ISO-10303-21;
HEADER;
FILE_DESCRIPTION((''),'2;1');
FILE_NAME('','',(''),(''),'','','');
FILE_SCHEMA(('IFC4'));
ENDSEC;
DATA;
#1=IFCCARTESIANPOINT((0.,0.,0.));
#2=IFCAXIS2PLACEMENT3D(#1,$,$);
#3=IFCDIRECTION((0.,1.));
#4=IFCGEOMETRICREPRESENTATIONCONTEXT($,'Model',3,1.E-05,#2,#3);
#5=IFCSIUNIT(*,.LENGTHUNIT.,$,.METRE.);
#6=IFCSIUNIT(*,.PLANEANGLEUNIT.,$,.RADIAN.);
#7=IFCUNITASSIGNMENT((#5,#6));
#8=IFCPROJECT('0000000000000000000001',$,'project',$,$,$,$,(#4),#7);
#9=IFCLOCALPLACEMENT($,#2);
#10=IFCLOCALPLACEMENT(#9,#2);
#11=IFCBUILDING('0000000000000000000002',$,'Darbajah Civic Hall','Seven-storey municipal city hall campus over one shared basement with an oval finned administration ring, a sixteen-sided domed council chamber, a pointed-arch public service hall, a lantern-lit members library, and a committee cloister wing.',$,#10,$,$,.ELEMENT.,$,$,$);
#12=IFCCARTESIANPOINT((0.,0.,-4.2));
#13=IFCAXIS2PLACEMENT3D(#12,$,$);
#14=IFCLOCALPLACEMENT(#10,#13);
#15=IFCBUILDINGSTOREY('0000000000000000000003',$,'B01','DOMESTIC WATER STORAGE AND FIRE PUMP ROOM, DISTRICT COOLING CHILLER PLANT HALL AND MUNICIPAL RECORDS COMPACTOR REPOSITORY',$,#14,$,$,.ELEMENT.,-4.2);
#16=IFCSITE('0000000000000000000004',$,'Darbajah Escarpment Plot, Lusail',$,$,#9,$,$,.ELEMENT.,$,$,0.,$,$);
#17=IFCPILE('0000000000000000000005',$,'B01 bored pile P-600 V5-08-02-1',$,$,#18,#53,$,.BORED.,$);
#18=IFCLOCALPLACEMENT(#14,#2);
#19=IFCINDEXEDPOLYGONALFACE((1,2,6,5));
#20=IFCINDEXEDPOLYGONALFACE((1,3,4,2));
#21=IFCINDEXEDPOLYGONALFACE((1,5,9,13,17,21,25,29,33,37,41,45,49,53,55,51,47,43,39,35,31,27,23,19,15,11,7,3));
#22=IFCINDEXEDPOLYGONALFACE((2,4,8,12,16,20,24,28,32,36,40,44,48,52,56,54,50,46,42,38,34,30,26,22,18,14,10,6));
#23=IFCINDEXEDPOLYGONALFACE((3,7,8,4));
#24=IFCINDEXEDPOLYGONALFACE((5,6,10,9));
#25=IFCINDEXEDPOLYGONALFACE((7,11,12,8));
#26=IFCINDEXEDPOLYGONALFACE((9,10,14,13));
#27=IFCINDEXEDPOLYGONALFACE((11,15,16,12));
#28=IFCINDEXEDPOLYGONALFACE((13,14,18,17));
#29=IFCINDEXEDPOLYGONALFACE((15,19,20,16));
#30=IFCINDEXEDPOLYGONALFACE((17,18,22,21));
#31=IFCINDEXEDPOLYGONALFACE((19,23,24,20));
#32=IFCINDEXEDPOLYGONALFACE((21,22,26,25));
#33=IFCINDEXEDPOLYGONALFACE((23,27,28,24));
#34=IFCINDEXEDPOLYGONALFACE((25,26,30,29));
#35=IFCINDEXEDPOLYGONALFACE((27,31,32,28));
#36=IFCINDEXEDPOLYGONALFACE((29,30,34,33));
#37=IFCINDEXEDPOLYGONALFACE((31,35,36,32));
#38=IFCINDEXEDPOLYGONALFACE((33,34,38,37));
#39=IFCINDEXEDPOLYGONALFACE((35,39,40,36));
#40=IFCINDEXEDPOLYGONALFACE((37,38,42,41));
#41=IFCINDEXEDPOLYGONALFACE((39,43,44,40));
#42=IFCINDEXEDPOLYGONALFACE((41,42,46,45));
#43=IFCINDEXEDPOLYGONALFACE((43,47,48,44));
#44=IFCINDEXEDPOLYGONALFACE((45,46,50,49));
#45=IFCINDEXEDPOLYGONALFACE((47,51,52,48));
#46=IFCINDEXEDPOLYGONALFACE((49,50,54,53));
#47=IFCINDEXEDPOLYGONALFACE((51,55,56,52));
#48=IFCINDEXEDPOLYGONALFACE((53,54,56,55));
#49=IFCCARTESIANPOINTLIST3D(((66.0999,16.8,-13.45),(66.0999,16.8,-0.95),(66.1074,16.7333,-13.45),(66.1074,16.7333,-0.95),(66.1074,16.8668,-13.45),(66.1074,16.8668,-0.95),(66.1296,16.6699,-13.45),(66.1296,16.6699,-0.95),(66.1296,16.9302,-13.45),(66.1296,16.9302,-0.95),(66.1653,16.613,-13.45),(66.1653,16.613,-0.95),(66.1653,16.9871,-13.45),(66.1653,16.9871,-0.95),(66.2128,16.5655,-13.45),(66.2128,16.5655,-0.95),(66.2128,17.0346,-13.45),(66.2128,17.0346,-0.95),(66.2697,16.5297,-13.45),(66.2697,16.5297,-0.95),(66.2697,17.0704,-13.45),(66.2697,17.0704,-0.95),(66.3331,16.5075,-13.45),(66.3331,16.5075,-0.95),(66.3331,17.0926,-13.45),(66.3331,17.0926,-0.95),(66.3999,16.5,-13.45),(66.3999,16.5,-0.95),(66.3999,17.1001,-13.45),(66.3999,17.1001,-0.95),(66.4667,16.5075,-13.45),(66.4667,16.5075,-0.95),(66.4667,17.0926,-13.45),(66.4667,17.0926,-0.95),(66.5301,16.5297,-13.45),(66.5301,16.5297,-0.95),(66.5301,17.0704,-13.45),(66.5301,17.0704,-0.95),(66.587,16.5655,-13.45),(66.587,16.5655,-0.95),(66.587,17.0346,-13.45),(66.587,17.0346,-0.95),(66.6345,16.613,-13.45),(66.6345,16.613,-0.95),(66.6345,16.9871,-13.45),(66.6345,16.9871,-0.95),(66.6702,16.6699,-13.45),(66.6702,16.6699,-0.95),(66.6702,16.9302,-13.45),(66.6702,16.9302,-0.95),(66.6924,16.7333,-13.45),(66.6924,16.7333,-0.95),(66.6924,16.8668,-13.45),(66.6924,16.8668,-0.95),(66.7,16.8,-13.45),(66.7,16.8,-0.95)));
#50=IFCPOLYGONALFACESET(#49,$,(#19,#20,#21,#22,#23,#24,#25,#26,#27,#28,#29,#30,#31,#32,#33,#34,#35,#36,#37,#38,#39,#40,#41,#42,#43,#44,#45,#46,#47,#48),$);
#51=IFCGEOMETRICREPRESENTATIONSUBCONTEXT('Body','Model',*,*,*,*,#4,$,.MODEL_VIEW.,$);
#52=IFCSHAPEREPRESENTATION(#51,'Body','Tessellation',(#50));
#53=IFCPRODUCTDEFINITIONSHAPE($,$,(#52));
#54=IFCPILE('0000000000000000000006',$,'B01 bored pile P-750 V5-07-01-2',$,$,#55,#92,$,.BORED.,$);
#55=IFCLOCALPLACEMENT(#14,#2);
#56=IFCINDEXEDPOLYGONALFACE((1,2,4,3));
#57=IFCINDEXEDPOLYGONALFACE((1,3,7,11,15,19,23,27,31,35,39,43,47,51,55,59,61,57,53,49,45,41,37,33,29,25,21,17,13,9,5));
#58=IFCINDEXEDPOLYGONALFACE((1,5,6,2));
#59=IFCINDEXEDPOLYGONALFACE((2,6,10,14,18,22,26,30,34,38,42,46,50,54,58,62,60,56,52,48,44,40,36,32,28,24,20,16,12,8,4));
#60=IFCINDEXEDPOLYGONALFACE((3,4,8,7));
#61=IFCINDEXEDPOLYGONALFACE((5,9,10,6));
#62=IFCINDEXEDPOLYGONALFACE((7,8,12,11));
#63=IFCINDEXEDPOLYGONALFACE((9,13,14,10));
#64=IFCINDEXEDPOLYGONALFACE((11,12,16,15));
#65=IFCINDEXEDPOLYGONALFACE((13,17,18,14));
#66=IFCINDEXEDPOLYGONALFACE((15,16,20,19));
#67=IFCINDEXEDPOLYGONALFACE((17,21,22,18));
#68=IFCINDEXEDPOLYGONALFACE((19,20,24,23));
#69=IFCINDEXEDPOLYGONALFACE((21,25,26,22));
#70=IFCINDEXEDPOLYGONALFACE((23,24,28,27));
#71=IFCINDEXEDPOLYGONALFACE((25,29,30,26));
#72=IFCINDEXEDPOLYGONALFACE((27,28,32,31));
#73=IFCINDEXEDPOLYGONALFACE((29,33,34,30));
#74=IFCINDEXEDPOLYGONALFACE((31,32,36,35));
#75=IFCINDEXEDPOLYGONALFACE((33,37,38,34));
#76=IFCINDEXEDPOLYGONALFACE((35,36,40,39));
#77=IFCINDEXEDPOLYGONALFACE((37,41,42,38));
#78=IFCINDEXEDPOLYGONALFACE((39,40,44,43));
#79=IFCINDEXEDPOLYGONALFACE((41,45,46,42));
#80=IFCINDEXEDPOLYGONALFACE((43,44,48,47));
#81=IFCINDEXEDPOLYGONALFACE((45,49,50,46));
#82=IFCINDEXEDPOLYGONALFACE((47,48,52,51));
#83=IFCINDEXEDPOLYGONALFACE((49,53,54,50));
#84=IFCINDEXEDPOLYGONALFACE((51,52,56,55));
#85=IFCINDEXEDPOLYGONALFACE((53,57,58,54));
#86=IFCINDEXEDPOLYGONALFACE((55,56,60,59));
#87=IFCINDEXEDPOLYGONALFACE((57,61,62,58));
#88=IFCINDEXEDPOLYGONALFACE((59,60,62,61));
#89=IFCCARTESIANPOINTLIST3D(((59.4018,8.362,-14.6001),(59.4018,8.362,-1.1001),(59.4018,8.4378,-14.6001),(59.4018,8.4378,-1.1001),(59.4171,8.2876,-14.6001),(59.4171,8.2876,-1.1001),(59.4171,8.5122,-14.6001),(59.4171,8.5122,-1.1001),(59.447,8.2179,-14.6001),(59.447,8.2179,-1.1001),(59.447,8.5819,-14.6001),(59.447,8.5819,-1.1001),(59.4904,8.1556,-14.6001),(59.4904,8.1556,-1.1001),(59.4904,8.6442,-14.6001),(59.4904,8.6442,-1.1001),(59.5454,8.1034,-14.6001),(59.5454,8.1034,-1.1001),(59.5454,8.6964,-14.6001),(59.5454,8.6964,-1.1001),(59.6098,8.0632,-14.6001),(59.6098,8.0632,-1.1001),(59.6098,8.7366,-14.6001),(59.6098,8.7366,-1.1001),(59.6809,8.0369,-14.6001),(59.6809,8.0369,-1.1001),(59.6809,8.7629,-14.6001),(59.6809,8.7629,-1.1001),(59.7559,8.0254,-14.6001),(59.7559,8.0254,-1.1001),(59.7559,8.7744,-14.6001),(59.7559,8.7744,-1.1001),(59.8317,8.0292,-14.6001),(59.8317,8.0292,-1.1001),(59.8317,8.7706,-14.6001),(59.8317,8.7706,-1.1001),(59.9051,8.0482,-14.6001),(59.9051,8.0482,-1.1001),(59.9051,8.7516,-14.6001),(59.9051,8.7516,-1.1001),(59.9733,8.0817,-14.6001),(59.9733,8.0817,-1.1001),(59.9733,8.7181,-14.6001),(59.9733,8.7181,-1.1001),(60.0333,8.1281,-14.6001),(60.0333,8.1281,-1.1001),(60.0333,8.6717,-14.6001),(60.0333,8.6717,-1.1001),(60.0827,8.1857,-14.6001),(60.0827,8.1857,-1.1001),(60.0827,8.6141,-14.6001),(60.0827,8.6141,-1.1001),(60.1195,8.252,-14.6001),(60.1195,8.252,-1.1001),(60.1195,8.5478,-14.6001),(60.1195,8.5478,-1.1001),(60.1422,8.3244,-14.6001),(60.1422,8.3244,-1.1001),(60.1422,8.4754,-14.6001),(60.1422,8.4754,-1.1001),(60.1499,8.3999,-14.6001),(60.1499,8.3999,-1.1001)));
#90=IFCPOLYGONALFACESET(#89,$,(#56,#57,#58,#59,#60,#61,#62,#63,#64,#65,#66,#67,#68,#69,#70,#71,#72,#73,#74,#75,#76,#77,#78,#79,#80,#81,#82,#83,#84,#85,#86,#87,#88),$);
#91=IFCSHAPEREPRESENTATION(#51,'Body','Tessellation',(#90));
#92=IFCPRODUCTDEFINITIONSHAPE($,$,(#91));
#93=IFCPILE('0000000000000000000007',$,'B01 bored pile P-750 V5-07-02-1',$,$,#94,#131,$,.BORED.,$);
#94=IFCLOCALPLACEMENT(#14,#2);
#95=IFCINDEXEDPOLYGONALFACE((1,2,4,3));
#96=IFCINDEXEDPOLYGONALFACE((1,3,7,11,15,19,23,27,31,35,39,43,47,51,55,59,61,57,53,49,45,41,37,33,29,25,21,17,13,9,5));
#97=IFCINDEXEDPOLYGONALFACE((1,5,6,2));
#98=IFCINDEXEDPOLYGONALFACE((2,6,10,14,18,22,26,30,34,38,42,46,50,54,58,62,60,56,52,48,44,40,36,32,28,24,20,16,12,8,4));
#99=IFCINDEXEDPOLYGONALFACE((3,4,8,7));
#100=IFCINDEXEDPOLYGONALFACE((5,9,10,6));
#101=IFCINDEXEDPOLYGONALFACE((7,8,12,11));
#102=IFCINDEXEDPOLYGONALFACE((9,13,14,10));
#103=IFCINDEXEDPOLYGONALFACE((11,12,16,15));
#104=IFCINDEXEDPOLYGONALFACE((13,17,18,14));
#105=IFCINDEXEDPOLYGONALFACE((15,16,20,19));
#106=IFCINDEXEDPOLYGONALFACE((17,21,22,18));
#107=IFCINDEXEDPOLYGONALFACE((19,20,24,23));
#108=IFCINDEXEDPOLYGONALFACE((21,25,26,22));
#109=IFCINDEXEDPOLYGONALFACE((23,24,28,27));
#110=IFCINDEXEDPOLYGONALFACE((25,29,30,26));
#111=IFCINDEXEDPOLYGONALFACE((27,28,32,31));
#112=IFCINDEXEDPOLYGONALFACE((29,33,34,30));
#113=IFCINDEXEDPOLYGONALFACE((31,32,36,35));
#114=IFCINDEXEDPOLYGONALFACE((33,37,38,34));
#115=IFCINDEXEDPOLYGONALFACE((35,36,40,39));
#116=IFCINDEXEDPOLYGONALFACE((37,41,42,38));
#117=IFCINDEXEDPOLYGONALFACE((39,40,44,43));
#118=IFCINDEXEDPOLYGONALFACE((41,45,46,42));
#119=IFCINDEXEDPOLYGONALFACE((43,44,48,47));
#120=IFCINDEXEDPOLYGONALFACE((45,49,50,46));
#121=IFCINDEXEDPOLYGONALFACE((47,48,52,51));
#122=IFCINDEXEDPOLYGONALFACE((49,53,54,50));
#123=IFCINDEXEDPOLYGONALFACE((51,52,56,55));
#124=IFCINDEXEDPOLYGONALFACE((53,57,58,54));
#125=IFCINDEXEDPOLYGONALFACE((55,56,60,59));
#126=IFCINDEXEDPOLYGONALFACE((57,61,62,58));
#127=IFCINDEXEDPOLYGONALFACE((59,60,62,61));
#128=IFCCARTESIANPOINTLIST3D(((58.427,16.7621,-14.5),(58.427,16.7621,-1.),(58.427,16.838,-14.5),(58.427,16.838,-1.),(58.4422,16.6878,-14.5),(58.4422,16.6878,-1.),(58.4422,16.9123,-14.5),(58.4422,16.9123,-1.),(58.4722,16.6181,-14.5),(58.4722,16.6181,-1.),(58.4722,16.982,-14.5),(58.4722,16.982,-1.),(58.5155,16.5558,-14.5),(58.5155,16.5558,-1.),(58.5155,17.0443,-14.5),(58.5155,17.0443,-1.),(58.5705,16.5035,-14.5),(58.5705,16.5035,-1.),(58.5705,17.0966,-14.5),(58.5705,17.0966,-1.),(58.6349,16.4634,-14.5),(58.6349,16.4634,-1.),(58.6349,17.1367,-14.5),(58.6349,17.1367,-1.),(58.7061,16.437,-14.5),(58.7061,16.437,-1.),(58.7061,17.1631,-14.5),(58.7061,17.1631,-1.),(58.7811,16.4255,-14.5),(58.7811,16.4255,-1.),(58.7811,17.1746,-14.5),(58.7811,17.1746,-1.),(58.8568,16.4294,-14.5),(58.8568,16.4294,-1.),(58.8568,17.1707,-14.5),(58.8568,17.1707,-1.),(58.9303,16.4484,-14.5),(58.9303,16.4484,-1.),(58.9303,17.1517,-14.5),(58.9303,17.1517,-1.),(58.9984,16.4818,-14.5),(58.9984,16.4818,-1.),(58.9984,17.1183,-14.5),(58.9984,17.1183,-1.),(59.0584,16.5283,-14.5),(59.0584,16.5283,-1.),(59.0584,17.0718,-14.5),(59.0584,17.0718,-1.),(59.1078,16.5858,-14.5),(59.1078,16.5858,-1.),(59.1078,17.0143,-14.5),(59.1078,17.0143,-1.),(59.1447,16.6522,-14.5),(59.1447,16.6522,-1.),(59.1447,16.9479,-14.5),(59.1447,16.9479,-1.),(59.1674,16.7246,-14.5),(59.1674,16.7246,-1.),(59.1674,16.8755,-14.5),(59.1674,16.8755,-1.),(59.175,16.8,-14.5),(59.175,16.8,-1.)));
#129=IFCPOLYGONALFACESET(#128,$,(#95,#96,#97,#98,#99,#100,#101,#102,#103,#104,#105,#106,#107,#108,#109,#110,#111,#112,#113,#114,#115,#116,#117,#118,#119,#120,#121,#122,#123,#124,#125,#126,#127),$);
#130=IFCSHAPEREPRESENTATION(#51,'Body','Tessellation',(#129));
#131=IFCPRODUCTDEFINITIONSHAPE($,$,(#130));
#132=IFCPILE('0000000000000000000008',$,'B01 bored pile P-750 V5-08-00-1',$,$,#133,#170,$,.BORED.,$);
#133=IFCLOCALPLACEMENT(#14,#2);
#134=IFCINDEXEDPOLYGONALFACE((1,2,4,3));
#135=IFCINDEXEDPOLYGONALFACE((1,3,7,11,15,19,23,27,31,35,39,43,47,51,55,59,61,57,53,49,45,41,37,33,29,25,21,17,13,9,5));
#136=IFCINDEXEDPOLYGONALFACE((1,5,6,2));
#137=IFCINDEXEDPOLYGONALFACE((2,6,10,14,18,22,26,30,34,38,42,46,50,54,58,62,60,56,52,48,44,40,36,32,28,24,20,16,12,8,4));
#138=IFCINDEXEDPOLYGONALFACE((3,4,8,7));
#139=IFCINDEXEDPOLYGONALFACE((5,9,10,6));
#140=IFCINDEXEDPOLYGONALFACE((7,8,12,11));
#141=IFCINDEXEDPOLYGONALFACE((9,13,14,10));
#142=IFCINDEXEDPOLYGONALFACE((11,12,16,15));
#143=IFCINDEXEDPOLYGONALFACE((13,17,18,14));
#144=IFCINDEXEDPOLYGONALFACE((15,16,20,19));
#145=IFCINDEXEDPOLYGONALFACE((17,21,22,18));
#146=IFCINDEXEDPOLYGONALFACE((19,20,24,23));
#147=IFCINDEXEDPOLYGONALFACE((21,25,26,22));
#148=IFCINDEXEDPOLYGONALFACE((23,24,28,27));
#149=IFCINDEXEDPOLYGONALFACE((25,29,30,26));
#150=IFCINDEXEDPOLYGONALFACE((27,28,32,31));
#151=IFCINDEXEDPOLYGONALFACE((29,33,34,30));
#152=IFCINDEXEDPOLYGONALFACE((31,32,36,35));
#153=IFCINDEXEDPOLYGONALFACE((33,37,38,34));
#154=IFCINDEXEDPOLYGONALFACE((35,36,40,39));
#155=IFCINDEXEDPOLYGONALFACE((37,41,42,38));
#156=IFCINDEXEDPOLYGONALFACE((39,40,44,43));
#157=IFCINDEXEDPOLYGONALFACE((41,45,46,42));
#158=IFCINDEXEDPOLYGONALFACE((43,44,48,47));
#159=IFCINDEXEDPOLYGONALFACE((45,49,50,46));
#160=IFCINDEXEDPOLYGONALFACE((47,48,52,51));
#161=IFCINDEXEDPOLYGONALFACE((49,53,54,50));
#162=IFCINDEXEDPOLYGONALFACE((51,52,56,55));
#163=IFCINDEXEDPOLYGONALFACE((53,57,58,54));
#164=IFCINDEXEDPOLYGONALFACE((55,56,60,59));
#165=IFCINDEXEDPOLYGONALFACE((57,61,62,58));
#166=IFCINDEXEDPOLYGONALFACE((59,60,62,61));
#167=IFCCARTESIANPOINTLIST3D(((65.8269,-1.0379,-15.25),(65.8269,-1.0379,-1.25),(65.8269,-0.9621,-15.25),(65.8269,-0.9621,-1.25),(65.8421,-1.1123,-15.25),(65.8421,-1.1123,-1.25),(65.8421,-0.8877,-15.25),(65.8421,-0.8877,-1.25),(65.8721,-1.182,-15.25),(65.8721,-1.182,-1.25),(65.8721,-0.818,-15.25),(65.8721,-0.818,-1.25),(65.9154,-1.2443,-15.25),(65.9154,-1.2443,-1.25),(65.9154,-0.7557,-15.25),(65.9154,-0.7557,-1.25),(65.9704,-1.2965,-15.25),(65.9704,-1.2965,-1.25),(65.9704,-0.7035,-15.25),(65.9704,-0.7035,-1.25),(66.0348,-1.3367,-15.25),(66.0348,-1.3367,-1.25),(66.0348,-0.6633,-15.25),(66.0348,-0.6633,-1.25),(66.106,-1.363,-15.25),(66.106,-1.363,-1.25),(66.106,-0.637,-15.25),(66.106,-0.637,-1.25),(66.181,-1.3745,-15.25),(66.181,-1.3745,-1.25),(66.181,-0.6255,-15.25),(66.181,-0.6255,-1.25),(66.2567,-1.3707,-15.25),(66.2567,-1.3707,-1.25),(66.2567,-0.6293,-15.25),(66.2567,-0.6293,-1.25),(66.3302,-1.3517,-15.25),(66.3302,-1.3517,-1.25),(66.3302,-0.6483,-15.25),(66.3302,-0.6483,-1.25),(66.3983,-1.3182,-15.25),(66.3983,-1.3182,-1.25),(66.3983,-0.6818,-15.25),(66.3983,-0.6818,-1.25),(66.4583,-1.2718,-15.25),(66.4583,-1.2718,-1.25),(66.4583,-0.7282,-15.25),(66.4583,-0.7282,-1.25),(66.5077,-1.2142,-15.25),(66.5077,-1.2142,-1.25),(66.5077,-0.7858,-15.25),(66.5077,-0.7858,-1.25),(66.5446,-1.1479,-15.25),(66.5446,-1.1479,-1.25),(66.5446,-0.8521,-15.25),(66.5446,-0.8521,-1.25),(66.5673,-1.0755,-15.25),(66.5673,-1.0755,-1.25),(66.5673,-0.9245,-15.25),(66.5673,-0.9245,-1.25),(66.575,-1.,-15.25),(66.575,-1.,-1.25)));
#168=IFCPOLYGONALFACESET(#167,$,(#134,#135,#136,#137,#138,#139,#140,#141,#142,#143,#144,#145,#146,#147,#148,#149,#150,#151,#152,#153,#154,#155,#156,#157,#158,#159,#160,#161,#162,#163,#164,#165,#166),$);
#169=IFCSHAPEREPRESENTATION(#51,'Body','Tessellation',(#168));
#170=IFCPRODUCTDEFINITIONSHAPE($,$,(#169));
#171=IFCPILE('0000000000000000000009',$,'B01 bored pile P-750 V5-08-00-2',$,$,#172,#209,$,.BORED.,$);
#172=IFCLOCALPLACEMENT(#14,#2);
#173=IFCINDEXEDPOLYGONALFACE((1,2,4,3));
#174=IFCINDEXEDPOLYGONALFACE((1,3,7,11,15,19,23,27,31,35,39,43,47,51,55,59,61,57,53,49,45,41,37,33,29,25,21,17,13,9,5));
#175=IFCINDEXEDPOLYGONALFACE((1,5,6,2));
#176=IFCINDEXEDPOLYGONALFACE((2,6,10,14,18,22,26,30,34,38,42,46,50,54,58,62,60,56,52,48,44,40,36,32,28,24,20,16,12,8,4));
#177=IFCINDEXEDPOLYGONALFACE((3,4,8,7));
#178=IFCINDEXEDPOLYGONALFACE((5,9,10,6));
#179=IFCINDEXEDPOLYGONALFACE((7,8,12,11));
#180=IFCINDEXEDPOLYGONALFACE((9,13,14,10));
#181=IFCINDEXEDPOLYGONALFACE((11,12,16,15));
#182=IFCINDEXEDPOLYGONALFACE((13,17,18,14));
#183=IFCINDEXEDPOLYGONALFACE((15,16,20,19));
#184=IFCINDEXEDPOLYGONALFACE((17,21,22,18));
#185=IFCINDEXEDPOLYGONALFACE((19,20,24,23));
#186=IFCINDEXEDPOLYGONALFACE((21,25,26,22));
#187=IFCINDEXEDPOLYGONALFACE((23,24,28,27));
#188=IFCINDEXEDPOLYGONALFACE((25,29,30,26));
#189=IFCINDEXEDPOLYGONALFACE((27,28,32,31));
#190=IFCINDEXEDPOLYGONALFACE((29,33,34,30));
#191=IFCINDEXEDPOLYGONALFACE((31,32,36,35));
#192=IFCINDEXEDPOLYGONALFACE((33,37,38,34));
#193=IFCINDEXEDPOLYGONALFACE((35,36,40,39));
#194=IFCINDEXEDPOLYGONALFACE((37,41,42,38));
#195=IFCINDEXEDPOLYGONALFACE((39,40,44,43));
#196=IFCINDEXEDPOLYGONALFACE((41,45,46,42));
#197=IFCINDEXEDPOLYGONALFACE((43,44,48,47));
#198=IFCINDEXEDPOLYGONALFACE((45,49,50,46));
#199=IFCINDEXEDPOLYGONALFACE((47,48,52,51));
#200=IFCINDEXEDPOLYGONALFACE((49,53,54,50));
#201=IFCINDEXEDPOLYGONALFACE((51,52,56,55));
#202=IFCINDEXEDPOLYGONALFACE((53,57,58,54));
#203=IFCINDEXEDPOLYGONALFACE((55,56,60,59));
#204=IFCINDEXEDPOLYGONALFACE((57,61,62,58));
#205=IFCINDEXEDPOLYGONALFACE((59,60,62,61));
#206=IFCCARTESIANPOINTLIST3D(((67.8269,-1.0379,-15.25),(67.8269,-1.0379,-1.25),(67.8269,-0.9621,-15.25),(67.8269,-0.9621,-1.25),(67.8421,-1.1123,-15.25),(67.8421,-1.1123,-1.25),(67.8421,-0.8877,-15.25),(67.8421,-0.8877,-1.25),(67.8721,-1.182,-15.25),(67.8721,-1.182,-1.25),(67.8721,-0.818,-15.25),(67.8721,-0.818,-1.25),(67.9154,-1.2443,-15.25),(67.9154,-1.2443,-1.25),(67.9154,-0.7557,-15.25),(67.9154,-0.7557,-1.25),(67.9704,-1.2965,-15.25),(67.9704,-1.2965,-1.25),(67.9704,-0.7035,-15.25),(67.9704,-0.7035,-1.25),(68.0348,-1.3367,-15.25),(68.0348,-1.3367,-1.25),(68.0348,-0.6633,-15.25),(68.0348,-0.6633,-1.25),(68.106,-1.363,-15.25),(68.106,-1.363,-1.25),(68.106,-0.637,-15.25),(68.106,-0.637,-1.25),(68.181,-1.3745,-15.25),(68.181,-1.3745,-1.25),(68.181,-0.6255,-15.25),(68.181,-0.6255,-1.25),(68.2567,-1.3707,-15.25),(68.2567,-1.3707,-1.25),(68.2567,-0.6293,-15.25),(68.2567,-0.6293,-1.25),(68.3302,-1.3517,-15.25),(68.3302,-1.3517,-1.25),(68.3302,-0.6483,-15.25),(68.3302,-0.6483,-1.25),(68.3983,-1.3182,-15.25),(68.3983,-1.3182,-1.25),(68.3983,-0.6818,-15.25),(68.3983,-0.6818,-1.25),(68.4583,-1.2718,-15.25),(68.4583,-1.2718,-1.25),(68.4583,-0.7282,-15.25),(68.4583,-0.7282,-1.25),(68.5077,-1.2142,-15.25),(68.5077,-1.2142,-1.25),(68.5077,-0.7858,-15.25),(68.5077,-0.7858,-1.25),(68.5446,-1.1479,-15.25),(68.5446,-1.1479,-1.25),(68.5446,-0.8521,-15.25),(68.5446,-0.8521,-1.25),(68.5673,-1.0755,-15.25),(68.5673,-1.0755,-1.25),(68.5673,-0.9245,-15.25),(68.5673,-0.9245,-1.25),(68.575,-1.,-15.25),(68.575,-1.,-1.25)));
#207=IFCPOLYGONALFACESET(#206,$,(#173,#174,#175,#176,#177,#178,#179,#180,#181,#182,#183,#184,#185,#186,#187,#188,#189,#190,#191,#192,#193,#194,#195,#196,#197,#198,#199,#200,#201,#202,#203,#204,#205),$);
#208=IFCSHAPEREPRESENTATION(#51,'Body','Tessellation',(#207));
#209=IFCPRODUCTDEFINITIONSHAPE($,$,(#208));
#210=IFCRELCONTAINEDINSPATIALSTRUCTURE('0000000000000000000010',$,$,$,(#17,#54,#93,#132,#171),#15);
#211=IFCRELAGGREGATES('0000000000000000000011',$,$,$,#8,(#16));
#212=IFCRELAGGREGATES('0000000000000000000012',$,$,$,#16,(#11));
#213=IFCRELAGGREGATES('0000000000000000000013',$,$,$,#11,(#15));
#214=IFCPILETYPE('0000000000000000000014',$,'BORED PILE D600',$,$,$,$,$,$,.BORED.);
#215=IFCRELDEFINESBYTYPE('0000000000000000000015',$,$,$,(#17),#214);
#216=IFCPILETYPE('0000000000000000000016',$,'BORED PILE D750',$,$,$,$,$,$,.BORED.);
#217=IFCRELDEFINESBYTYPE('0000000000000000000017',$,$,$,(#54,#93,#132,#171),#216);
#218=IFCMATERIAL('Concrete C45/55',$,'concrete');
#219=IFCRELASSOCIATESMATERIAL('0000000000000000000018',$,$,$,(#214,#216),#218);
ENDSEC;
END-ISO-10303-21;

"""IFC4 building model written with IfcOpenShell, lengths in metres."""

from ifc_helpers import new_model, si_unit, direction, frame, origin, origin_2d, place, context, subcontext, project, spatial, circle, extrude, material, material_profile, profile_set, type_object, element, save


model = new_model("IFC4")

# Units and contexts
model_context = context("Model", 3, precision=1e-05, world=origin(), true_north=direction((0.0, 1.0)))
body_context = subcontext(model_context, "Body", "Model", "MODEL_VIEW")
ifc_project = project(units=[si_unit("LENGTHUNIT", "METRE"), si_unit("PLANEANGLEUNIT", "RADIAN")], contexts=[model_context])

# Site, building, storey
site_placement = place(None, origin())
site = spatial("IfcSite", under=ifc_project, at=site_placement, Name="Darbajah Escarpment Plot, Lusail", CompositionType="ELEMENT", RefElevation=0.0)
building_placement = place(site_placement, origin())
building = spatial("IfcBuilding", under=site, at=building_placement, Name="Darbajah Civic Hall", Description="Seven-storey municipal city hall campus over one shared basement with an oval finned administration ring, a sixteen-sided domed council chamber, a pointed-arch public service hall, a lantern-lit members library, and a committee cloister wing.", CompositionType="ELEMENT")
storey_placement = place(building_placement, frame((0.0, 0.0, -4.2)))
storey = spatial("IfcBuildingStorey", under=building, at=storey_placement, Name="B01", Description="DOMESTIC WATER STORAGE AND FIRE PUMP ROOM, DISTRICT COOLING CHILLER PLANT HALL AND MUNICIPAL RECORDS COMPACTOR REPOSITORY", CompositionType="ELEMENT", Elevation=-4.2)

# Piles
ifc_material_1 = material(Name="Concrete C45/55", Category="concrete")
ifc_material_profile_1 = material_profile(ifc_material_1, circle(Radius=0.3, at=origin_2d()), Name="BORED PILE D600")
ifc_profile_set_1 = profile_set([ifc_material_profile_1], Name="Concrete C45/55")
pile_type_1 = type_object("IfcPileType", Name="BORED PILE D600", PredefinedType="BORED", material=ifc_profile_set_1)
pile_placement = place(storey_placement, frame((66.3999, 16.8, -0.95), z_axis=(0.0, 0.0, -1.0), x_axis=(1.0, 0.0, 0.0)))
element("IfcPile", 1, at=pile_placement, inside=storey, type_object=pile_type_1, Name="B01 bored pile P-600 V5-08-02-1", PredefinedType="BORED", context=body_context, shape_type="SweptSolid", body=[
    extrude(circle(Radius=0.3, at=origin_2d()), origin(), (0.0, 0.0, 1.0), 12.5),
])
ifc_material_profile_2 = material_profile(ifc_material_1, circle(Radius=0.375, at=origin_2d()), Name="BORED PILE D750")
ifc_profile_set_2 = profile_set([ifc_material_profile_2], Name="Concrete C45/55")
pile_type_2 = type_object("IfcPileType", Name="BORED PILE D750", PredefinedType="BORED", material=ifc_profile_set_2)
for number, where, z_axis, x_axis, name in (
    (2, (59.7749, 8.3999, -1.1001), (0.0, 0.0, -1.0), (1.0, 0.0, 0.0), "B01 bored pile P-750 V5-07-01-2"),
    (3, (58.8, 16.8, -1.0), (0.0, 0.0, -1.0), (1.0, 0.0, 0.0), "B01 bored pile P-750 V5-07-02-1"),
):
    element("IfcPile", number, at=place(storey_placement, frame(where, z_axis=z_axis, x_axis=x_axis)), inside=storey, type_object=pile_type_2, Name=name, PredefinedType="BORED", context=body_context, shape_type="SweptSolid", body=[
        extrude(circle(Radius=0.375, at=origin_2d()), origin(), (0.0, 0.0, 1.0), 13.5),
    ])
for number, where, z_axis, x_axis, name in (
    (4, (66.2, -1.0, -1.25), (0.0, 0.0, -1.0), (1.0, 0.0, 0.0), "B01 bored pile P-750 V5-08-00-1"),
    (5, (68.2, -1.0, -1.25), (0.0, 0.0, -1.0), (1.0, 0.0, 0.0), "B01 bored pile P-750 V5-08-00-2"),
):
    element("IfcPile", number, at=place(storey_placement, frame(where, z_axis=z_axis, x_axis=x_axis)), inside=storey, type_object=pile_type_2, Name=name, PredefinedType="BORED", context=body_context, shape_type="SweptSolid", body=[
        extrude(circle(Radius=0.375, at=origin_2d()), origin(), (0.0, 0.0, 1.0), 14.0),
    ])

save(model, "model.ifc")
